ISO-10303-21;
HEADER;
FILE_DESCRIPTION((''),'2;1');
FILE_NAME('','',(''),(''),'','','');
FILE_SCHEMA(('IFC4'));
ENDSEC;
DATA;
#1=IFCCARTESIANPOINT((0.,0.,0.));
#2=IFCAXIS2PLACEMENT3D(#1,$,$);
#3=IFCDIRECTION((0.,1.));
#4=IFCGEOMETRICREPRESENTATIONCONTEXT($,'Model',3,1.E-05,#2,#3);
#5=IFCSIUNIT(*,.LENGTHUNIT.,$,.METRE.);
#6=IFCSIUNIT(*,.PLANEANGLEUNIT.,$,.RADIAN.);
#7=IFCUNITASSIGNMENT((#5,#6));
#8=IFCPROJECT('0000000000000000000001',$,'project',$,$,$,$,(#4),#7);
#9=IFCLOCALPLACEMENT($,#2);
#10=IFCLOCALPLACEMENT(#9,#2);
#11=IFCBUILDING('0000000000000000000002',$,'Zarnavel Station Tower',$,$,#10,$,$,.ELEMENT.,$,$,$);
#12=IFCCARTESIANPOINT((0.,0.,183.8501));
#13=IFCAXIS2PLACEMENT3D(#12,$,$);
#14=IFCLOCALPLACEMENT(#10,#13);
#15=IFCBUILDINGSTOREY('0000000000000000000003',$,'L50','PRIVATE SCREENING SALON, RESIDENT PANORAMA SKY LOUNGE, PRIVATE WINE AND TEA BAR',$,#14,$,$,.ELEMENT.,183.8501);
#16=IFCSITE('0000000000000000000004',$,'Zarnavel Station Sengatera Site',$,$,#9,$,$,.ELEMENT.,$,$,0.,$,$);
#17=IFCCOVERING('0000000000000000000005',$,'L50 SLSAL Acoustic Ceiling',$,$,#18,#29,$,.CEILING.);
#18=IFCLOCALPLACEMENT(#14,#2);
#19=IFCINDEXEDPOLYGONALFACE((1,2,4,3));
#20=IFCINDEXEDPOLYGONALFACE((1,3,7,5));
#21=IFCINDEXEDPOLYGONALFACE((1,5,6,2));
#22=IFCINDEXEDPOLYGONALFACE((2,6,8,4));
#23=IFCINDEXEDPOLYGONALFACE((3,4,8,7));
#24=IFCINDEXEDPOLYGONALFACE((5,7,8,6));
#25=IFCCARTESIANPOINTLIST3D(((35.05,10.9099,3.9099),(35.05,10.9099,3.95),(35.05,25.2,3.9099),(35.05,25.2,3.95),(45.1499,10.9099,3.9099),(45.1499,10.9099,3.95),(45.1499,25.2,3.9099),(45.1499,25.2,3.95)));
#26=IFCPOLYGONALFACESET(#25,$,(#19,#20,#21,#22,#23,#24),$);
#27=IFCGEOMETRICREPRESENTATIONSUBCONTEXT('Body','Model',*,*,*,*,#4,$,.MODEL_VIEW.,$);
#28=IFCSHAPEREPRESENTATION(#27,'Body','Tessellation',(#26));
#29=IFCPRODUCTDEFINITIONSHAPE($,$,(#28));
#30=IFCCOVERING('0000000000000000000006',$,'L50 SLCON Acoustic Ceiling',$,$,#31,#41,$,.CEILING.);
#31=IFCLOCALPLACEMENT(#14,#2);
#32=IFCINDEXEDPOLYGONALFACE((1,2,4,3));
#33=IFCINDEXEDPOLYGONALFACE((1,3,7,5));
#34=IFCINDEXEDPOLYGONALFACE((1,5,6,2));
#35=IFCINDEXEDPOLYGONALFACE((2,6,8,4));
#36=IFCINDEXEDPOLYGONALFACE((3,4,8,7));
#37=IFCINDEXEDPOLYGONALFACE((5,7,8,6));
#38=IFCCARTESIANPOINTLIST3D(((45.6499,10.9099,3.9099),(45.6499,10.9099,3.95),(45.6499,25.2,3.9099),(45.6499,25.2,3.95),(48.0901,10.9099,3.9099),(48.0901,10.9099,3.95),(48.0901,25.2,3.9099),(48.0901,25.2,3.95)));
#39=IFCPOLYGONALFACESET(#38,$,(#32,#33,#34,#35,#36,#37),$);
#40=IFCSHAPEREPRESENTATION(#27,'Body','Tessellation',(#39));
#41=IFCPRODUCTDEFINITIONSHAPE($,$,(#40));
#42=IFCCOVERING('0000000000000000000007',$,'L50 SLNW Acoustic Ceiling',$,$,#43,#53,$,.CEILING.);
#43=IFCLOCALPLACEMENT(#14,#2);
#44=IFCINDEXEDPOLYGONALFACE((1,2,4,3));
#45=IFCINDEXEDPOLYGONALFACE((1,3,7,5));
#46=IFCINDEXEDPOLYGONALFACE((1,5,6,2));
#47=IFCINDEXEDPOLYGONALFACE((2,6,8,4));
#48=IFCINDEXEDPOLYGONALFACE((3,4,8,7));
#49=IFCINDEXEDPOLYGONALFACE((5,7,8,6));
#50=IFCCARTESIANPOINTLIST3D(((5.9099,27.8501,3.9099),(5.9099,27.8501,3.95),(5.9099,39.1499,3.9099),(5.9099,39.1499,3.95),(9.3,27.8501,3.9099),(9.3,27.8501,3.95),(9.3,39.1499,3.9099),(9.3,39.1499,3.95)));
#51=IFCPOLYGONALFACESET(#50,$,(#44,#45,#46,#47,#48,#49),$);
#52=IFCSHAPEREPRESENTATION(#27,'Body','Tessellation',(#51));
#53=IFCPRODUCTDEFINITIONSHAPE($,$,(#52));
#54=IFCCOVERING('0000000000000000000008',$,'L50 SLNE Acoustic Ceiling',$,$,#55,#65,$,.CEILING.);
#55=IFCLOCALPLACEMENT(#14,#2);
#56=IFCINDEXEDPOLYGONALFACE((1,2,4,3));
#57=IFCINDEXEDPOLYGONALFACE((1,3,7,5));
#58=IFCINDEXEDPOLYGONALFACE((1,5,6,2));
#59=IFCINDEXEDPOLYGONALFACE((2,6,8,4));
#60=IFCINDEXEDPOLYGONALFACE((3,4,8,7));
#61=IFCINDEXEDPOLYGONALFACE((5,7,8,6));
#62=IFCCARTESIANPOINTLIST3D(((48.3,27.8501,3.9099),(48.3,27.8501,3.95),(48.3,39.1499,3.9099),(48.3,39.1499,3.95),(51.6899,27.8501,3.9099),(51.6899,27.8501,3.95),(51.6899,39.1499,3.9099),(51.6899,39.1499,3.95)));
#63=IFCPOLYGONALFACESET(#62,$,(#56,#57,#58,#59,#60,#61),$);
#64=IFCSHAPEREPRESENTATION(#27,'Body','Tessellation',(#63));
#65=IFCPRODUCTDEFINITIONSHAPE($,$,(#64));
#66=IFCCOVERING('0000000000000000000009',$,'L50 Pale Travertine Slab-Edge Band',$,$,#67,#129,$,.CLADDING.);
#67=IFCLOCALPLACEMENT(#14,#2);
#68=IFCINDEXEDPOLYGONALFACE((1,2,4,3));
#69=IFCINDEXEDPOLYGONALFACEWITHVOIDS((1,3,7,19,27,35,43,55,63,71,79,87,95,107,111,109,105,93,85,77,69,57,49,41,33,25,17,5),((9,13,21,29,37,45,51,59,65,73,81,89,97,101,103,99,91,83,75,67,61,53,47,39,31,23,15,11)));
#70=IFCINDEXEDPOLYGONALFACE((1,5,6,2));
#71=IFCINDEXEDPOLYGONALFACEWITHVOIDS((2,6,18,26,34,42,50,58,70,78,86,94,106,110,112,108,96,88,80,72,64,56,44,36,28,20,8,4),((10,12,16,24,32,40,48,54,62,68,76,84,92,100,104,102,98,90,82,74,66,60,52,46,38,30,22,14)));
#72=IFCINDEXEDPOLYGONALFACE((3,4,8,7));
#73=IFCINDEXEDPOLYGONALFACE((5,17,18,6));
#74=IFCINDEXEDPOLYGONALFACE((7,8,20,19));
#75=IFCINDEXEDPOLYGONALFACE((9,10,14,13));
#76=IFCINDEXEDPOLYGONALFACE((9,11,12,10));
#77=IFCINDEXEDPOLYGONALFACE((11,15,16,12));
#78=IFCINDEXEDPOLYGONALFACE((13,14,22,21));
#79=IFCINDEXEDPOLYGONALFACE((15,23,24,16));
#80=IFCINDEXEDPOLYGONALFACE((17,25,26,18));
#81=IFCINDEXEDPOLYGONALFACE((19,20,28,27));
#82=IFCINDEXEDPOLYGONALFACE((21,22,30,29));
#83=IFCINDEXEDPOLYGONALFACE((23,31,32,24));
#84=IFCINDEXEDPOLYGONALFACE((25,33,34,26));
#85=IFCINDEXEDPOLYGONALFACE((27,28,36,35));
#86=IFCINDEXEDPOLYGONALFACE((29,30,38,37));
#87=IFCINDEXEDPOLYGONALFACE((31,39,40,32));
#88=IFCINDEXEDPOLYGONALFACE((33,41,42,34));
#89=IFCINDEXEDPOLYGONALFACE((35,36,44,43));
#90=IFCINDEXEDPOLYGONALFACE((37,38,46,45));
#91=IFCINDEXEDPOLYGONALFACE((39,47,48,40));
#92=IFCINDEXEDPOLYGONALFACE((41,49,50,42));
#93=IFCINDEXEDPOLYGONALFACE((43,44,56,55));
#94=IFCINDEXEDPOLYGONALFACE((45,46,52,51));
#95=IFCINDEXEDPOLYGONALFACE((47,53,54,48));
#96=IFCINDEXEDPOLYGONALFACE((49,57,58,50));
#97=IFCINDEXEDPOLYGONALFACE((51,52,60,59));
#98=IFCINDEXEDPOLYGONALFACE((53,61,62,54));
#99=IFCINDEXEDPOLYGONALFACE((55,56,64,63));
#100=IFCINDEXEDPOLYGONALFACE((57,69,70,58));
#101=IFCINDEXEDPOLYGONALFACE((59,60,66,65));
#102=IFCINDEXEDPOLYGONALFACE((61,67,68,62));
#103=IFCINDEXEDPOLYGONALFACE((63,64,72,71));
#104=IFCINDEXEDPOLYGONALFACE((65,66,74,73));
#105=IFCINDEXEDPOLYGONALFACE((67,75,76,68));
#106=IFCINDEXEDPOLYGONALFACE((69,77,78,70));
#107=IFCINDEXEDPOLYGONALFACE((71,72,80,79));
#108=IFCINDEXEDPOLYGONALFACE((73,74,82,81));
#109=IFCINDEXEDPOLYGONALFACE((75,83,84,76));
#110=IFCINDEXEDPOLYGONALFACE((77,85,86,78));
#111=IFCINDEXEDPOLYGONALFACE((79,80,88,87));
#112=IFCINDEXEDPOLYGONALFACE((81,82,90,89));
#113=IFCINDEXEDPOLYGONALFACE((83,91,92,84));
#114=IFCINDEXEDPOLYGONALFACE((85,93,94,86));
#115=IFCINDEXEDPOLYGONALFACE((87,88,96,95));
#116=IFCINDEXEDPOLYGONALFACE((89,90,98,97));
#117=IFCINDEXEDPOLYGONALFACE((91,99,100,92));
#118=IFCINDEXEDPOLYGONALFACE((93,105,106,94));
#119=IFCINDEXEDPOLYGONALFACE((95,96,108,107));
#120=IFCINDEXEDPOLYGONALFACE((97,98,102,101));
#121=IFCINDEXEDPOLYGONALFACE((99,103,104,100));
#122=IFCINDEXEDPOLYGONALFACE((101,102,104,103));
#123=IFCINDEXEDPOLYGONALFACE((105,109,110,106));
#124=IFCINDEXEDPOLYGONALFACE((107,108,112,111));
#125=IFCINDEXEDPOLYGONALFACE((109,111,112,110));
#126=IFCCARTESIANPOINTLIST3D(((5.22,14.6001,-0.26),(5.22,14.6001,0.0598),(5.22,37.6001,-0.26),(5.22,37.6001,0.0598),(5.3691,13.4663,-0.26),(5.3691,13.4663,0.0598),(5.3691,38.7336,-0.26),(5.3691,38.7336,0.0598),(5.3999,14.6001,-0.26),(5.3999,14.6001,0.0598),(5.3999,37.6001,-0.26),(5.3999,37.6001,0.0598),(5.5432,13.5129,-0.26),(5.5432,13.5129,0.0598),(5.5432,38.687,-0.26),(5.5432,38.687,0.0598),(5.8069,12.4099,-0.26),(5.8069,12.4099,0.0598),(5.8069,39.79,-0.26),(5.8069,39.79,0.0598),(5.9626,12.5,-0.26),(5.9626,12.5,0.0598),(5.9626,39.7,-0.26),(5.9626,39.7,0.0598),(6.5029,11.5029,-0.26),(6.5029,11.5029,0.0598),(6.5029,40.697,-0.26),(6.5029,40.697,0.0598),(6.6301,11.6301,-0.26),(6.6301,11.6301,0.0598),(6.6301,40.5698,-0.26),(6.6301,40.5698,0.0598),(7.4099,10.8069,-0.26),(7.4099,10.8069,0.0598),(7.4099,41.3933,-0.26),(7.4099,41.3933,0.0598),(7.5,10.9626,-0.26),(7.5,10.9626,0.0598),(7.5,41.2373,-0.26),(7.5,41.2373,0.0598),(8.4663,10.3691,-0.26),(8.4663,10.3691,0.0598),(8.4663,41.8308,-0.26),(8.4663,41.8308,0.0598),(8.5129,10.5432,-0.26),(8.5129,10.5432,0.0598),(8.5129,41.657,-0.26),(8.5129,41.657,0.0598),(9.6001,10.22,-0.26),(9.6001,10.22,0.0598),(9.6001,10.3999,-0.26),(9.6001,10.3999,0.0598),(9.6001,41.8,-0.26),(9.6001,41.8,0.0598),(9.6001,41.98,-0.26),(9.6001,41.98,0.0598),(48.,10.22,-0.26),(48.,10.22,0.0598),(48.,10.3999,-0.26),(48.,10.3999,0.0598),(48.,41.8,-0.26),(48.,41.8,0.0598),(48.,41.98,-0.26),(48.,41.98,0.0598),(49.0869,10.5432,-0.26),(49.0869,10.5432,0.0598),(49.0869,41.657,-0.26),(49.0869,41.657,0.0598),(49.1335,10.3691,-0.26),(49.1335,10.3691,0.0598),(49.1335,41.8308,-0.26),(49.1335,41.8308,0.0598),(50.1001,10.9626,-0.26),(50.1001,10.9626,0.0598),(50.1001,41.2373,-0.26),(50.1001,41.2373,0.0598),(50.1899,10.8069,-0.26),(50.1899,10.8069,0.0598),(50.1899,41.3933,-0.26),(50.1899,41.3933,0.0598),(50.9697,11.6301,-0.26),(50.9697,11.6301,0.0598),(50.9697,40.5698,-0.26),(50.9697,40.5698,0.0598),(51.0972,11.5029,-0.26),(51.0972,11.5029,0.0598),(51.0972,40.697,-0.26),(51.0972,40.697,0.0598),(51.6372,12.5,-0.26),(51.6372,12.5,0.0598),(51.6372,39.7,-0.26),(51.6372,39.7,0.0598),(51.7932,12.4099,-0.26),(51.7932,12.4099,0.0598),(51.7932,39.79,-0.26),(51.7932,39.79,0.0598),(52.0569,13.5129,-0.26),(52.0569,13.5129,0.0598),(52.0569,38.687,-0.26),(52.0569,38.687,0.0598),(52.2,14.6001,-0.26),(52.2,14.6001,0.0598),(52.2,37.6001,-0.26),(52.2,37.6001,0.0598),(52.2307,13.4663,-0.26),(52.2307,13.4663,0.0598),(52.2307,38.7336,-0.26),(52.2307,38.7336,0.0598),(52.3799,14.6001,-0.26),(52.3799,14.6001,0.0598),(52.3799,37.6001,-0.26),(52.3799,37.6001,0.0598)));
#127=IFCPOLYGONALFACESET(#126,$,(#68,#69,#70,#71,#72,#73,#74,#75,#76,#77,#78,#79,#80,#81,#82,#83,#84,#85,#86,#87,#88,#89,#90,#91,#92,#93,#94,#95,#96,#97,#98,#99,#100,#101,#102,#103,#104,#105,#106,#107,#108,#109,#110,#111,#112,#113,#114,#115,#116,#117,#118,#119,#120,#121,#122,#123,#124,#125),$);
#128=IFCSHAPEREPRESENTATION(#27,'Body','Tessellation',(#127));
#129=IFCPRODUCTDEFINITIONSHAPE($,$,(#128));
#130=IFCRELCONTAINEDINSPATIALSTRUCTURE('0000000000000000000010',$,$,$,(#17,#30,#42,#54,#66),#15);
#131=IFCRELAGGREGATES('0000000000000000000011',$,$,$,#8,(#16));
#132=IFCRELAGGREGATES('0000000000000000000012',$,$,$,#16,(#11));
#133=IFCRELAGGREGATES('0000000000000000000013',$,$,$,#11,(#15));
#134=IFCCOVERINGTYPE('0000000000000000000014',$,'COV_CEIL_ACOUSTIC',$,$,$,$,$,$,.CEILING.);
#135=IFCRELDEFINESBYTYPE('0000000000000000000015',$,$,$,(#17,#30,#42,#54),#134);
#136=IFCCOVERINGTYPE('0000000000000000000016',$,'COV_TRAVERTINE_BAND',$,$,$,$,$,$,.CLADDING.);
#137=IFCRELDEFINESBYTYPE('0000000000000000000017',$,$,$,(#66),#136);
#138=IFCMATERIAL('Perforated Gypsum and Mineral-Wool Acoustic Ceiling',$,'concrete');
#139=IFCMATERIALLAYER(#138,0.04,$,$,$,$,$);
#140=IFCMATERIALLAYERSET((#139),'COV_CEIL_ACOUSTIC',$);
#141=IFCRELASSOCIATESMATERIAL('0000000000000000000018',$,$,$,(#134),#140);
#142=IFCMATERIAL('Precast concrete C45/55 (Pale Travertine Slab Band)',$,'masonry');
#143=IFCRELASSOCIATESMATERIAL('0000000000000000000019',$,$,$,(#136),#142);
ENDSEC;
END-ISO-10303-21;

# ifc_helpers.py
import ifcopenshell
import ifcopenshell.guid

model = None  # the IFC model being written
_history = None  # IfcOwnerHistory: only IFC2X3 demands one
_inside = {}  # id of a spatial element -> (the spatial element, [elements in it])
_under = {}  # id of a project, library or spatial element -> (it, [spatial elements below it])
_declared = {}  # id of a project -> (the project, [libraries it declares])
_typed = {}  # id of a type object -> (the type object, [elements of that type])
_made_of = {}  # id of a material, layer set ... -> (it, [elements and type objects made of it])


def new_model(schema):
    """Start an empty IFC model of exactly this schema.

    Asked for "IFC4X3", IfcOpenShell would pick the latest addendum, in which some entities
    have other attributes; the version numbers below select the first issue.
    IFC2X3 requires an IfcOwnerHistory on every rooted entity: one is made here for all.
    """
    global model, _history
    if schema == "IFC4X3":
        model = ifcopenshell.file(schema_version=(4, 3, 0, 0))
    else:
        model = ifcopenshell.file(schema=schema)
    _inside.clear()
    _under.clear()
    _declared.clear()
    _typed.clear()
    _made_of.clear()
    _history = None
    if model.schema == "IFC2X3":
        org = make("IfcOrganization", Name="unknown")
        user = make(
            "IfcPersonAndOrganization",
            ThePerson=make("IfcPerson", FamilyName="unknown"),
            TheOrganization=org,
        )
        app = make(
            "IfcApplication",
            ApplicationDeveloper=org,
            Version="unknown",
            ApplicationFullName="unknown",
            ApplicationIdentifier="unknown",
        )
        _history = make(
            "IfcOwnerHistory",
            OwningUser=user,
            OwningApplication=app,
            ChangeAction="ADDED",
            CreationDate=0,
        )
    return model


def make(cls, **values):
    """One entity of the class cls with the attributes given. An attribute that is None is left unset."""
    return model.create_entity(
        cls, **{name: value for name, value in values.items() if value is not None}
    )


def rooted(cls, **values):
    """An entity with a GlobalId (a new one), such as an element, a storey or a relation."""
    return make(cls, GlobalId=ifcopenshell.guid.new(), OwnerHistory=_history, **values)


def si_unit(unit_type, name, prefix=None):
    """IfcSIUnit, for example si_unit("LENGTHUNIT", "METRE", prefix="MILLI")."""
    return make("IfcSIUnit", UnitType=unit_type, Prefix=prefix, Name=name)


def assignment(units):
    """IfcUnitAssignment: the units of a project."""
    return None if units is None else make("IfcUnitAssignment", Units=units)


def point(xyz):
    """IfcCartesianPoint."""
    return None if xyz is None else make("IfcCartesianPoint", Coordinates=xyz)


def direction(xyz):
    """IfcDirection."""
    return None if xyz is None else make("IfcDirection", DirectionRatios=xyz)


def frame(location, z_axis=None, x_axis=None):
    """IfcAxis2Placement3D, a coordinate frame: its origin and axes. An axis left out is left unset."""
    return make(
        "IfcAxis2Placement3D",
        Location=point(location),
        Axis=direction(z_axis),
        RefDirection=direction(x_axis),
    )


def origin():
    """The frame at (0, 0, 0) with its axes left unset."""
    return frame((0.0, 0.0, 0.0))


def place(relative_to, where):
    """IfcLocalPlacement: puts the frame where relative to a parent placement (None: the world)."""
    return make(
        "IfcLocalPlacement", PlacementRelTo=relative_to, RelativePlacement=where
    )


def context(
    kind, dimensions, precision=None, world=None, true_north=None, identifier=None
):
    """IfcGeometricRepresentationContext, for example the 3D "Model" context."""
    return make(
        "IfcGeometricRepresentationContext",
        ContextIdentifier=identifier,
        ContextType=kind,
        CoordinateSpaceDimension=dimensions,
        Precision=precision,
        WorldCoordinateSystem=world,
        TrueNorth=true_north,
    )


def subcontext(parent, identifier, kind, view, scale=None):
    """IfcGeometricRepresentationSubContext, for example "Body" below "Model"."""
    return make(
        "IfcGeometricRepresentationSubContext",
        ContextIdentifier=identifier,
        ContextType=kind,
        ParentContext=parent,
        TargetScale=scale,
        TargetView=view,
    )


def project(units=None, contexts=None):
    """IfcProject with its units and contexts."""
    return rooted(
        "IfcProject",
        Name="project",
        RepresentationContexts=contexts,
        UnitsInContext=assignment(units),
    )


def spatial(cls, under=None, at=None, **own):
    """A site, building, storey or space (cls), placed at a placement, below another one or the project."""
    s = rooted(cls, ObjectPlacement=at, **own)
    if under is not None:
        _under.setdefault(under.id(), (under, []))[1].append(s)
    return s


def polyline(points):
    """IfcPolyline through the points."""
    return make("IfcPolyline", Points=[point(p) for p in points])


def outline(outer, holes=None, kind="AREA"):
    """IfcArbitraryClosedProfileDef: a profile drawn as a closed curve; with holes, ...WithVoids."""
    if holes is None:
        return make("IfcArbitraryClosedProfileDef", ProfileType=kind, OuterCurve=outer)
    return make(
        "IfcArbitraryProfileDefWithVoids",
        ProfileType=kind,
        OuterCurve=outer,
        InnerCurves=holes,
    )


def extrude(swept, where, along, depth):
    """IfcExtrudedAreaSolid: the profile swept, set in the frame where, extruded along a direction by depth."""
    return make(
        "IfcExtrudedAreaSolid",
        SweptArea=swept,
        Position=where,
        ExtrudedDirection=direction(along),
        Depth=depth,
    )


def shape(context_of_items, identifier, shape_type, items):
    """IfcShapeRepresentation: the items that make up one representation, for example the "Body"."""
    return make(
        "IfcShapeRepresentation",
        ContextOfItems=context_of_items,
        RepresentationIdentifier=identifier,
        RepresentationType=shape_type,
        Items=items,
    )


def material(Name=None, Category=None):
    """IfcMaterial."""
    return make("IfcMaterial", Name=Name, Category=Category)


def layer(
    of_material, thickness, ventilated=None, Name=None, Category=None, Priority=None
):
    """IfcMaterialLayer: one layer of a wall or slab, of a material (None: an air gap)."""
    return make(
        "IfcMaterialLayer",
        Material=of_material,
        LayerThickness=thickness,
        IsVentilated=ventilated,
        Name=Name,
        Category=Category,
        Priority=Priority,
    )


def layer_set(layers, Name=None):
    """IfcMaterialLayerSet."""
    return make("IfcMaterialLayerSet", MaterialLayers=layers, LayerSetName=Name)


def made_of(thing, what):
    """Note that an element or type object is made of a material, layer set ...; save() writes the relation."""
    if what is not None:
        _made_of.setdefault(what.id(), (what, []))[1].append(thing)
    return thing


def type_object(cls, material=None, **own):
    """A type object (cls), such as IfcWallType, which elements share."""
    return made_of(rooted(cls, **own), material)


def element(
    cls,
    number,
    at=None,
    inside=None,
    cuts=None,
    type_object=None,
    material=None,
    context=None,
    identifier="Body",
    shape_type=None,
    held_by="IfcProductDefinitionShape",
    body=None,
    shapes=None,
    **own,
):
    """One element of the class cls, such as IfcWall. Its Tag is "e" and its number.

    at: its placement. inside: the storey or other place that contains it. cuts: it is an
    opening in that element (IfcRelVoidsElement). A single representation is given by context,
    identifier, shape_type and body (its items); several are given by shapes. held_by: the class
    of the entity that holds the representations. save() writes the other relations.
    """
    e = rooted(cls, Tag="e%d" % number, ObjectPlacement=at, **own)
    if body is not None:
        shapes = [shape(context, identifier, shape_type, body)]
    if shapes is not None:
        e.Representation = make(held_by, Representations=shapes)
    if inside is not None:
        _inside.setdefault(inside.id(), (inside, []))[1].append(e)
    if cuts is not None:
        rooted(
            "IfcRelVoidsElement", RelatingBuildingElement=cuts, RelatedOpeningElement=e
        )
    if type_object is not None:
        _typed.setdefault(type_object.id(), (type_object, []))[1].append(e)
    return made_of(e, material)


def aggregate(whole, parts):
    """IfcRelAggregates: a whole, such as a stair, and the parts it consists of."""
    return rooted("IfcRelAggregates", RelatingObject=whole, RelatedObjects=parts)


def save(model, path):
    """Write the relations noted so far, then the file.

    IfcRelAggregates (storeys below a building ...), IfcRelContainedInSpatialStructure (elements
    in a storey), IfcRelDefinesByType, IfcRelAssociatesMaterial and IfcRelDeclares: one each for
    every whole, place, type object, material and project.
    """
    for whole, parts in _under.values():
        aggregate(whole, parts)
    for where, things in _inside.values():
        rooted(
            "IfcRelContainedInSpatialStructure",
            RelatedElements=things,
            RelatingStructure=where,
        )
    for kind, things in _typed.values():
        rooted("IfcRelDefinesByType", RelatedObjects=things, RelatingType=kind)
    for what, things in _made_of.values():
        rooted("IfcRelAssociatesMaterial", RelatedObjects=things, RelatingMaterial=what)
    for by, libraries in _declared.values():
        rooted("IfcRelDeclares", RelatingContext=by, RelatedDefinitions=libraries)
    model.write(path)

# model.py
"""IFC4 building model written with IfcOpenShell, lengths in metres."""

from ifc_helpers import new_model, si_unit, direction, frame, origin, place, context, subcontext, project, spatial, polyline, outline, extrude, material, layer, layer_set, type_object, element, save


model = new_model("IFC4")

# Units and contexts
model_context = context("Model", 3, precision=1e-05, world=origin(), true_north=direction((0.0, 1.0)))
body_context = subcontext(model_context, "Body", "Model", "MODEL_VIEW")
ifc_project = project(units=[si_unit("LENGTHUNIT", "METRE"), si_unit("PLANEANGLEUNIT", "RADIAN")], contexts=[model_context])

# Site, building, storey
site_placement = place(None, origin())
site = spatial("IfcSite", under=ifc_project, at=site_placement, Name="Zarnavel Station Sengatera Site", CompositionType="ELEMENT", RefElevation=0.0)
building_placement = place(site_placement, origin())
building = spatial("IfcBuilding", under=site, at=building_placement, Name="Zarnavel Station Tower", CompositionType="ELEMENT")
storey_placement = place(building_placement, frame((0.0, 0.0, 183.8501)))
storey = spatial("IfcBuildingStorey", under=building, at=storey_placement, Name="L50", Description="PRIVATE SCREENING SALON, RESIDENT PANORAMA SKY LOUNGE, PRIVATE WINE AND TEA BAR", CompositionType="ELEMENT", Elevation=183.8501)

# Coverings
ifc_material_1 = material(Name="Perforated Gypsum and Mineral-Wool Acoustic Ceiling", Category="concrete")
ifc_layer_1 = layer(ifc_material_1, 0.04)
ifc_layer_set_1 = layer_set([ifc_layer_1], Name="COV_CEIL_ACOUSTIC")
covering_type_1 = type_object("IfcCoveringType", Name="COV_CEIL_ACOUSTIC", PredefinedType="CEILING", material=ifc_layer_set_1)
covering_1_placement = place(storey_placement, frame((0.0, 0.0, 3.9099)))
element("IfcCovering", 1, at=covering_1_placement, inside=storey, type_object=covering_type_1, Name="L50 SLSAL Acoustic Ceiling", PredefinedType="CEILING", context=body_context, shape_type="SweptSolid", body=[
    extrude(outline(polyline([(35.05, 10.9099), (45.1499, 10.9099), (45.1499, 25.2), (35.05, 25.2), (35.05, 10.9099)])), origin(), (0.0, 0.0, 1.0), 0.04),
])
covering_2_placement = place(storey_placement, frame((0.0, 0.0, 3.9099)))
element("IfcCovering", 2, at=covering_2_placement, inside=storey, type_object=covering_type_1, Name="L50 SLCON Acoustic Ceiling", PredefinedType="CEILING", context=body_context, shape_type="SweptSolid", body=[
    extrude(outline(polyline([(45.6499, 10.9099), (48.0901, 10.9099), (48.0901, 25.2), (45.6499, 25.2), (45.6499, 10.9099)])), origin(), (0.0, 0.0, 1.0), 0.04),
])
covering_3_placement = place(storey_placement, frame((0.0, 0.0, 3.9099)))
element("IfcCovering", 3, at=covering_3_placement, inside=storey, type_object=covering_type_1, Name="L50 SLNW Acoustic Ceiling", PredefinedType="CEILING", context=body_context, shape_type="SweptSolid", body=[
    extrude(outline(polyline([(5.9099, 27.8501), (9.3, 27.8501), (9.3, 39.1499), (5.9099, 39.1499), (5.9099, 27.8501)])), origin(), (0.0, 0.0, 1.0), 0.04),
])
covering_4_placement = place(storey_placement, frame((0.0, 0.0, 3.9099)))
element("IfcCovering", 4, at=covering_4_placement, inside=storey, type_object=covering_type_1, Name="L50 SLNE Acoustic Ceiling", PredefinedType="CEILING", context=body_context, shape_type="SweptSolid", body=[
    extrude(outline(polyline([(48.3, 27.8501), (51.6899, 27.8501), (51.6899, 39.1499), (48.3, 39.1499), (48.3, 27.8501)])), origin(), (0.0, 0.0, 1.0), 0.04),
])
ifc_material_2 = material(Name="Precast concrete C45/55 (Pale Travertine Slab Band)", Category="masonry")
covering_type_2 = type_object("IfcCoveringType", Name="COV_TRAVERTINE_BAND", PredefinedType="CLADDING", material=ifc_material_2)
covering_5_placement = place(storey_placement, frame((0.0, 0.0, -0.26)))
element("IfcCovering", 5, at=covering_5_placement, inside=storey, type_object=covering_type_2, Name="L50 Pale Travertine Slab-Edge Band", PredefinedType="CLADDING", context=body_context, shape_type="SweptSolid", body=[
    extrude(outline(polyline([(48.0, 10.22), (49.1335, 10.3691), (50.1899, 10.8069), (51.0972, 11.5029), (51.7932, 12.4099), (52.2307, 13.4663), (52.3799, 14.6001), (52.3799, 37.6001), (52.2307, 38.7336), (51.7932, 39.79), (51.0972, 40.697), (50.1899, 41.3933), (49.1335, 41.8308), (48.0, 41.98), (9.6001, 41.98), (8.4663, 41.8308), (7.4099, 41.3933), (6.5029, 40.697), (5.8069, 39.79), (5.3691, 38.7336), (5.22, 37.6001), (5.22, 14.6001), (5.3691, 13.4663), (5.8069, 12.4099), (6.5029, 11.5029), (7.4099, 10.8069), (8.4663, 10.3691), (9.6001, 10.22), (48.0, 10.22)]), holes=[polyline([(48.0, 10.3999), (49.0869, 10.5432), (50.1001, 10.9626), (50.9697, 11.6301), (51.6372, 12.5), (52.0569, 13.5129), (52.2, 14.6001), (52.2, 37.6001), (52.0569, 38.687), (51.6372, 39.7), (50.9697, 40.5698), (50.1001, 41.2373), (49.0869, 41.657), (48.0, 41.8), (9.6001, 41.8), (8.5129, 41.657), (7.5, 41.2373), (6.6301, 40.5698), (5.9626, 39.7), (5.5432, 38.687), (5.3999, 37.6001), (5.3999, 14.6001), (5.5432, 13.5129), (5.9626, 12.5), (6.6301, 11.6301), (7.5, 10.9626), (8.5129, 10.5432), (9.6001, 10.3999), (48.0, 10.3999)])]), origin(), (0.0, 0.0, 1.0), 0.3198),
])

save(model, "model.ifc")
